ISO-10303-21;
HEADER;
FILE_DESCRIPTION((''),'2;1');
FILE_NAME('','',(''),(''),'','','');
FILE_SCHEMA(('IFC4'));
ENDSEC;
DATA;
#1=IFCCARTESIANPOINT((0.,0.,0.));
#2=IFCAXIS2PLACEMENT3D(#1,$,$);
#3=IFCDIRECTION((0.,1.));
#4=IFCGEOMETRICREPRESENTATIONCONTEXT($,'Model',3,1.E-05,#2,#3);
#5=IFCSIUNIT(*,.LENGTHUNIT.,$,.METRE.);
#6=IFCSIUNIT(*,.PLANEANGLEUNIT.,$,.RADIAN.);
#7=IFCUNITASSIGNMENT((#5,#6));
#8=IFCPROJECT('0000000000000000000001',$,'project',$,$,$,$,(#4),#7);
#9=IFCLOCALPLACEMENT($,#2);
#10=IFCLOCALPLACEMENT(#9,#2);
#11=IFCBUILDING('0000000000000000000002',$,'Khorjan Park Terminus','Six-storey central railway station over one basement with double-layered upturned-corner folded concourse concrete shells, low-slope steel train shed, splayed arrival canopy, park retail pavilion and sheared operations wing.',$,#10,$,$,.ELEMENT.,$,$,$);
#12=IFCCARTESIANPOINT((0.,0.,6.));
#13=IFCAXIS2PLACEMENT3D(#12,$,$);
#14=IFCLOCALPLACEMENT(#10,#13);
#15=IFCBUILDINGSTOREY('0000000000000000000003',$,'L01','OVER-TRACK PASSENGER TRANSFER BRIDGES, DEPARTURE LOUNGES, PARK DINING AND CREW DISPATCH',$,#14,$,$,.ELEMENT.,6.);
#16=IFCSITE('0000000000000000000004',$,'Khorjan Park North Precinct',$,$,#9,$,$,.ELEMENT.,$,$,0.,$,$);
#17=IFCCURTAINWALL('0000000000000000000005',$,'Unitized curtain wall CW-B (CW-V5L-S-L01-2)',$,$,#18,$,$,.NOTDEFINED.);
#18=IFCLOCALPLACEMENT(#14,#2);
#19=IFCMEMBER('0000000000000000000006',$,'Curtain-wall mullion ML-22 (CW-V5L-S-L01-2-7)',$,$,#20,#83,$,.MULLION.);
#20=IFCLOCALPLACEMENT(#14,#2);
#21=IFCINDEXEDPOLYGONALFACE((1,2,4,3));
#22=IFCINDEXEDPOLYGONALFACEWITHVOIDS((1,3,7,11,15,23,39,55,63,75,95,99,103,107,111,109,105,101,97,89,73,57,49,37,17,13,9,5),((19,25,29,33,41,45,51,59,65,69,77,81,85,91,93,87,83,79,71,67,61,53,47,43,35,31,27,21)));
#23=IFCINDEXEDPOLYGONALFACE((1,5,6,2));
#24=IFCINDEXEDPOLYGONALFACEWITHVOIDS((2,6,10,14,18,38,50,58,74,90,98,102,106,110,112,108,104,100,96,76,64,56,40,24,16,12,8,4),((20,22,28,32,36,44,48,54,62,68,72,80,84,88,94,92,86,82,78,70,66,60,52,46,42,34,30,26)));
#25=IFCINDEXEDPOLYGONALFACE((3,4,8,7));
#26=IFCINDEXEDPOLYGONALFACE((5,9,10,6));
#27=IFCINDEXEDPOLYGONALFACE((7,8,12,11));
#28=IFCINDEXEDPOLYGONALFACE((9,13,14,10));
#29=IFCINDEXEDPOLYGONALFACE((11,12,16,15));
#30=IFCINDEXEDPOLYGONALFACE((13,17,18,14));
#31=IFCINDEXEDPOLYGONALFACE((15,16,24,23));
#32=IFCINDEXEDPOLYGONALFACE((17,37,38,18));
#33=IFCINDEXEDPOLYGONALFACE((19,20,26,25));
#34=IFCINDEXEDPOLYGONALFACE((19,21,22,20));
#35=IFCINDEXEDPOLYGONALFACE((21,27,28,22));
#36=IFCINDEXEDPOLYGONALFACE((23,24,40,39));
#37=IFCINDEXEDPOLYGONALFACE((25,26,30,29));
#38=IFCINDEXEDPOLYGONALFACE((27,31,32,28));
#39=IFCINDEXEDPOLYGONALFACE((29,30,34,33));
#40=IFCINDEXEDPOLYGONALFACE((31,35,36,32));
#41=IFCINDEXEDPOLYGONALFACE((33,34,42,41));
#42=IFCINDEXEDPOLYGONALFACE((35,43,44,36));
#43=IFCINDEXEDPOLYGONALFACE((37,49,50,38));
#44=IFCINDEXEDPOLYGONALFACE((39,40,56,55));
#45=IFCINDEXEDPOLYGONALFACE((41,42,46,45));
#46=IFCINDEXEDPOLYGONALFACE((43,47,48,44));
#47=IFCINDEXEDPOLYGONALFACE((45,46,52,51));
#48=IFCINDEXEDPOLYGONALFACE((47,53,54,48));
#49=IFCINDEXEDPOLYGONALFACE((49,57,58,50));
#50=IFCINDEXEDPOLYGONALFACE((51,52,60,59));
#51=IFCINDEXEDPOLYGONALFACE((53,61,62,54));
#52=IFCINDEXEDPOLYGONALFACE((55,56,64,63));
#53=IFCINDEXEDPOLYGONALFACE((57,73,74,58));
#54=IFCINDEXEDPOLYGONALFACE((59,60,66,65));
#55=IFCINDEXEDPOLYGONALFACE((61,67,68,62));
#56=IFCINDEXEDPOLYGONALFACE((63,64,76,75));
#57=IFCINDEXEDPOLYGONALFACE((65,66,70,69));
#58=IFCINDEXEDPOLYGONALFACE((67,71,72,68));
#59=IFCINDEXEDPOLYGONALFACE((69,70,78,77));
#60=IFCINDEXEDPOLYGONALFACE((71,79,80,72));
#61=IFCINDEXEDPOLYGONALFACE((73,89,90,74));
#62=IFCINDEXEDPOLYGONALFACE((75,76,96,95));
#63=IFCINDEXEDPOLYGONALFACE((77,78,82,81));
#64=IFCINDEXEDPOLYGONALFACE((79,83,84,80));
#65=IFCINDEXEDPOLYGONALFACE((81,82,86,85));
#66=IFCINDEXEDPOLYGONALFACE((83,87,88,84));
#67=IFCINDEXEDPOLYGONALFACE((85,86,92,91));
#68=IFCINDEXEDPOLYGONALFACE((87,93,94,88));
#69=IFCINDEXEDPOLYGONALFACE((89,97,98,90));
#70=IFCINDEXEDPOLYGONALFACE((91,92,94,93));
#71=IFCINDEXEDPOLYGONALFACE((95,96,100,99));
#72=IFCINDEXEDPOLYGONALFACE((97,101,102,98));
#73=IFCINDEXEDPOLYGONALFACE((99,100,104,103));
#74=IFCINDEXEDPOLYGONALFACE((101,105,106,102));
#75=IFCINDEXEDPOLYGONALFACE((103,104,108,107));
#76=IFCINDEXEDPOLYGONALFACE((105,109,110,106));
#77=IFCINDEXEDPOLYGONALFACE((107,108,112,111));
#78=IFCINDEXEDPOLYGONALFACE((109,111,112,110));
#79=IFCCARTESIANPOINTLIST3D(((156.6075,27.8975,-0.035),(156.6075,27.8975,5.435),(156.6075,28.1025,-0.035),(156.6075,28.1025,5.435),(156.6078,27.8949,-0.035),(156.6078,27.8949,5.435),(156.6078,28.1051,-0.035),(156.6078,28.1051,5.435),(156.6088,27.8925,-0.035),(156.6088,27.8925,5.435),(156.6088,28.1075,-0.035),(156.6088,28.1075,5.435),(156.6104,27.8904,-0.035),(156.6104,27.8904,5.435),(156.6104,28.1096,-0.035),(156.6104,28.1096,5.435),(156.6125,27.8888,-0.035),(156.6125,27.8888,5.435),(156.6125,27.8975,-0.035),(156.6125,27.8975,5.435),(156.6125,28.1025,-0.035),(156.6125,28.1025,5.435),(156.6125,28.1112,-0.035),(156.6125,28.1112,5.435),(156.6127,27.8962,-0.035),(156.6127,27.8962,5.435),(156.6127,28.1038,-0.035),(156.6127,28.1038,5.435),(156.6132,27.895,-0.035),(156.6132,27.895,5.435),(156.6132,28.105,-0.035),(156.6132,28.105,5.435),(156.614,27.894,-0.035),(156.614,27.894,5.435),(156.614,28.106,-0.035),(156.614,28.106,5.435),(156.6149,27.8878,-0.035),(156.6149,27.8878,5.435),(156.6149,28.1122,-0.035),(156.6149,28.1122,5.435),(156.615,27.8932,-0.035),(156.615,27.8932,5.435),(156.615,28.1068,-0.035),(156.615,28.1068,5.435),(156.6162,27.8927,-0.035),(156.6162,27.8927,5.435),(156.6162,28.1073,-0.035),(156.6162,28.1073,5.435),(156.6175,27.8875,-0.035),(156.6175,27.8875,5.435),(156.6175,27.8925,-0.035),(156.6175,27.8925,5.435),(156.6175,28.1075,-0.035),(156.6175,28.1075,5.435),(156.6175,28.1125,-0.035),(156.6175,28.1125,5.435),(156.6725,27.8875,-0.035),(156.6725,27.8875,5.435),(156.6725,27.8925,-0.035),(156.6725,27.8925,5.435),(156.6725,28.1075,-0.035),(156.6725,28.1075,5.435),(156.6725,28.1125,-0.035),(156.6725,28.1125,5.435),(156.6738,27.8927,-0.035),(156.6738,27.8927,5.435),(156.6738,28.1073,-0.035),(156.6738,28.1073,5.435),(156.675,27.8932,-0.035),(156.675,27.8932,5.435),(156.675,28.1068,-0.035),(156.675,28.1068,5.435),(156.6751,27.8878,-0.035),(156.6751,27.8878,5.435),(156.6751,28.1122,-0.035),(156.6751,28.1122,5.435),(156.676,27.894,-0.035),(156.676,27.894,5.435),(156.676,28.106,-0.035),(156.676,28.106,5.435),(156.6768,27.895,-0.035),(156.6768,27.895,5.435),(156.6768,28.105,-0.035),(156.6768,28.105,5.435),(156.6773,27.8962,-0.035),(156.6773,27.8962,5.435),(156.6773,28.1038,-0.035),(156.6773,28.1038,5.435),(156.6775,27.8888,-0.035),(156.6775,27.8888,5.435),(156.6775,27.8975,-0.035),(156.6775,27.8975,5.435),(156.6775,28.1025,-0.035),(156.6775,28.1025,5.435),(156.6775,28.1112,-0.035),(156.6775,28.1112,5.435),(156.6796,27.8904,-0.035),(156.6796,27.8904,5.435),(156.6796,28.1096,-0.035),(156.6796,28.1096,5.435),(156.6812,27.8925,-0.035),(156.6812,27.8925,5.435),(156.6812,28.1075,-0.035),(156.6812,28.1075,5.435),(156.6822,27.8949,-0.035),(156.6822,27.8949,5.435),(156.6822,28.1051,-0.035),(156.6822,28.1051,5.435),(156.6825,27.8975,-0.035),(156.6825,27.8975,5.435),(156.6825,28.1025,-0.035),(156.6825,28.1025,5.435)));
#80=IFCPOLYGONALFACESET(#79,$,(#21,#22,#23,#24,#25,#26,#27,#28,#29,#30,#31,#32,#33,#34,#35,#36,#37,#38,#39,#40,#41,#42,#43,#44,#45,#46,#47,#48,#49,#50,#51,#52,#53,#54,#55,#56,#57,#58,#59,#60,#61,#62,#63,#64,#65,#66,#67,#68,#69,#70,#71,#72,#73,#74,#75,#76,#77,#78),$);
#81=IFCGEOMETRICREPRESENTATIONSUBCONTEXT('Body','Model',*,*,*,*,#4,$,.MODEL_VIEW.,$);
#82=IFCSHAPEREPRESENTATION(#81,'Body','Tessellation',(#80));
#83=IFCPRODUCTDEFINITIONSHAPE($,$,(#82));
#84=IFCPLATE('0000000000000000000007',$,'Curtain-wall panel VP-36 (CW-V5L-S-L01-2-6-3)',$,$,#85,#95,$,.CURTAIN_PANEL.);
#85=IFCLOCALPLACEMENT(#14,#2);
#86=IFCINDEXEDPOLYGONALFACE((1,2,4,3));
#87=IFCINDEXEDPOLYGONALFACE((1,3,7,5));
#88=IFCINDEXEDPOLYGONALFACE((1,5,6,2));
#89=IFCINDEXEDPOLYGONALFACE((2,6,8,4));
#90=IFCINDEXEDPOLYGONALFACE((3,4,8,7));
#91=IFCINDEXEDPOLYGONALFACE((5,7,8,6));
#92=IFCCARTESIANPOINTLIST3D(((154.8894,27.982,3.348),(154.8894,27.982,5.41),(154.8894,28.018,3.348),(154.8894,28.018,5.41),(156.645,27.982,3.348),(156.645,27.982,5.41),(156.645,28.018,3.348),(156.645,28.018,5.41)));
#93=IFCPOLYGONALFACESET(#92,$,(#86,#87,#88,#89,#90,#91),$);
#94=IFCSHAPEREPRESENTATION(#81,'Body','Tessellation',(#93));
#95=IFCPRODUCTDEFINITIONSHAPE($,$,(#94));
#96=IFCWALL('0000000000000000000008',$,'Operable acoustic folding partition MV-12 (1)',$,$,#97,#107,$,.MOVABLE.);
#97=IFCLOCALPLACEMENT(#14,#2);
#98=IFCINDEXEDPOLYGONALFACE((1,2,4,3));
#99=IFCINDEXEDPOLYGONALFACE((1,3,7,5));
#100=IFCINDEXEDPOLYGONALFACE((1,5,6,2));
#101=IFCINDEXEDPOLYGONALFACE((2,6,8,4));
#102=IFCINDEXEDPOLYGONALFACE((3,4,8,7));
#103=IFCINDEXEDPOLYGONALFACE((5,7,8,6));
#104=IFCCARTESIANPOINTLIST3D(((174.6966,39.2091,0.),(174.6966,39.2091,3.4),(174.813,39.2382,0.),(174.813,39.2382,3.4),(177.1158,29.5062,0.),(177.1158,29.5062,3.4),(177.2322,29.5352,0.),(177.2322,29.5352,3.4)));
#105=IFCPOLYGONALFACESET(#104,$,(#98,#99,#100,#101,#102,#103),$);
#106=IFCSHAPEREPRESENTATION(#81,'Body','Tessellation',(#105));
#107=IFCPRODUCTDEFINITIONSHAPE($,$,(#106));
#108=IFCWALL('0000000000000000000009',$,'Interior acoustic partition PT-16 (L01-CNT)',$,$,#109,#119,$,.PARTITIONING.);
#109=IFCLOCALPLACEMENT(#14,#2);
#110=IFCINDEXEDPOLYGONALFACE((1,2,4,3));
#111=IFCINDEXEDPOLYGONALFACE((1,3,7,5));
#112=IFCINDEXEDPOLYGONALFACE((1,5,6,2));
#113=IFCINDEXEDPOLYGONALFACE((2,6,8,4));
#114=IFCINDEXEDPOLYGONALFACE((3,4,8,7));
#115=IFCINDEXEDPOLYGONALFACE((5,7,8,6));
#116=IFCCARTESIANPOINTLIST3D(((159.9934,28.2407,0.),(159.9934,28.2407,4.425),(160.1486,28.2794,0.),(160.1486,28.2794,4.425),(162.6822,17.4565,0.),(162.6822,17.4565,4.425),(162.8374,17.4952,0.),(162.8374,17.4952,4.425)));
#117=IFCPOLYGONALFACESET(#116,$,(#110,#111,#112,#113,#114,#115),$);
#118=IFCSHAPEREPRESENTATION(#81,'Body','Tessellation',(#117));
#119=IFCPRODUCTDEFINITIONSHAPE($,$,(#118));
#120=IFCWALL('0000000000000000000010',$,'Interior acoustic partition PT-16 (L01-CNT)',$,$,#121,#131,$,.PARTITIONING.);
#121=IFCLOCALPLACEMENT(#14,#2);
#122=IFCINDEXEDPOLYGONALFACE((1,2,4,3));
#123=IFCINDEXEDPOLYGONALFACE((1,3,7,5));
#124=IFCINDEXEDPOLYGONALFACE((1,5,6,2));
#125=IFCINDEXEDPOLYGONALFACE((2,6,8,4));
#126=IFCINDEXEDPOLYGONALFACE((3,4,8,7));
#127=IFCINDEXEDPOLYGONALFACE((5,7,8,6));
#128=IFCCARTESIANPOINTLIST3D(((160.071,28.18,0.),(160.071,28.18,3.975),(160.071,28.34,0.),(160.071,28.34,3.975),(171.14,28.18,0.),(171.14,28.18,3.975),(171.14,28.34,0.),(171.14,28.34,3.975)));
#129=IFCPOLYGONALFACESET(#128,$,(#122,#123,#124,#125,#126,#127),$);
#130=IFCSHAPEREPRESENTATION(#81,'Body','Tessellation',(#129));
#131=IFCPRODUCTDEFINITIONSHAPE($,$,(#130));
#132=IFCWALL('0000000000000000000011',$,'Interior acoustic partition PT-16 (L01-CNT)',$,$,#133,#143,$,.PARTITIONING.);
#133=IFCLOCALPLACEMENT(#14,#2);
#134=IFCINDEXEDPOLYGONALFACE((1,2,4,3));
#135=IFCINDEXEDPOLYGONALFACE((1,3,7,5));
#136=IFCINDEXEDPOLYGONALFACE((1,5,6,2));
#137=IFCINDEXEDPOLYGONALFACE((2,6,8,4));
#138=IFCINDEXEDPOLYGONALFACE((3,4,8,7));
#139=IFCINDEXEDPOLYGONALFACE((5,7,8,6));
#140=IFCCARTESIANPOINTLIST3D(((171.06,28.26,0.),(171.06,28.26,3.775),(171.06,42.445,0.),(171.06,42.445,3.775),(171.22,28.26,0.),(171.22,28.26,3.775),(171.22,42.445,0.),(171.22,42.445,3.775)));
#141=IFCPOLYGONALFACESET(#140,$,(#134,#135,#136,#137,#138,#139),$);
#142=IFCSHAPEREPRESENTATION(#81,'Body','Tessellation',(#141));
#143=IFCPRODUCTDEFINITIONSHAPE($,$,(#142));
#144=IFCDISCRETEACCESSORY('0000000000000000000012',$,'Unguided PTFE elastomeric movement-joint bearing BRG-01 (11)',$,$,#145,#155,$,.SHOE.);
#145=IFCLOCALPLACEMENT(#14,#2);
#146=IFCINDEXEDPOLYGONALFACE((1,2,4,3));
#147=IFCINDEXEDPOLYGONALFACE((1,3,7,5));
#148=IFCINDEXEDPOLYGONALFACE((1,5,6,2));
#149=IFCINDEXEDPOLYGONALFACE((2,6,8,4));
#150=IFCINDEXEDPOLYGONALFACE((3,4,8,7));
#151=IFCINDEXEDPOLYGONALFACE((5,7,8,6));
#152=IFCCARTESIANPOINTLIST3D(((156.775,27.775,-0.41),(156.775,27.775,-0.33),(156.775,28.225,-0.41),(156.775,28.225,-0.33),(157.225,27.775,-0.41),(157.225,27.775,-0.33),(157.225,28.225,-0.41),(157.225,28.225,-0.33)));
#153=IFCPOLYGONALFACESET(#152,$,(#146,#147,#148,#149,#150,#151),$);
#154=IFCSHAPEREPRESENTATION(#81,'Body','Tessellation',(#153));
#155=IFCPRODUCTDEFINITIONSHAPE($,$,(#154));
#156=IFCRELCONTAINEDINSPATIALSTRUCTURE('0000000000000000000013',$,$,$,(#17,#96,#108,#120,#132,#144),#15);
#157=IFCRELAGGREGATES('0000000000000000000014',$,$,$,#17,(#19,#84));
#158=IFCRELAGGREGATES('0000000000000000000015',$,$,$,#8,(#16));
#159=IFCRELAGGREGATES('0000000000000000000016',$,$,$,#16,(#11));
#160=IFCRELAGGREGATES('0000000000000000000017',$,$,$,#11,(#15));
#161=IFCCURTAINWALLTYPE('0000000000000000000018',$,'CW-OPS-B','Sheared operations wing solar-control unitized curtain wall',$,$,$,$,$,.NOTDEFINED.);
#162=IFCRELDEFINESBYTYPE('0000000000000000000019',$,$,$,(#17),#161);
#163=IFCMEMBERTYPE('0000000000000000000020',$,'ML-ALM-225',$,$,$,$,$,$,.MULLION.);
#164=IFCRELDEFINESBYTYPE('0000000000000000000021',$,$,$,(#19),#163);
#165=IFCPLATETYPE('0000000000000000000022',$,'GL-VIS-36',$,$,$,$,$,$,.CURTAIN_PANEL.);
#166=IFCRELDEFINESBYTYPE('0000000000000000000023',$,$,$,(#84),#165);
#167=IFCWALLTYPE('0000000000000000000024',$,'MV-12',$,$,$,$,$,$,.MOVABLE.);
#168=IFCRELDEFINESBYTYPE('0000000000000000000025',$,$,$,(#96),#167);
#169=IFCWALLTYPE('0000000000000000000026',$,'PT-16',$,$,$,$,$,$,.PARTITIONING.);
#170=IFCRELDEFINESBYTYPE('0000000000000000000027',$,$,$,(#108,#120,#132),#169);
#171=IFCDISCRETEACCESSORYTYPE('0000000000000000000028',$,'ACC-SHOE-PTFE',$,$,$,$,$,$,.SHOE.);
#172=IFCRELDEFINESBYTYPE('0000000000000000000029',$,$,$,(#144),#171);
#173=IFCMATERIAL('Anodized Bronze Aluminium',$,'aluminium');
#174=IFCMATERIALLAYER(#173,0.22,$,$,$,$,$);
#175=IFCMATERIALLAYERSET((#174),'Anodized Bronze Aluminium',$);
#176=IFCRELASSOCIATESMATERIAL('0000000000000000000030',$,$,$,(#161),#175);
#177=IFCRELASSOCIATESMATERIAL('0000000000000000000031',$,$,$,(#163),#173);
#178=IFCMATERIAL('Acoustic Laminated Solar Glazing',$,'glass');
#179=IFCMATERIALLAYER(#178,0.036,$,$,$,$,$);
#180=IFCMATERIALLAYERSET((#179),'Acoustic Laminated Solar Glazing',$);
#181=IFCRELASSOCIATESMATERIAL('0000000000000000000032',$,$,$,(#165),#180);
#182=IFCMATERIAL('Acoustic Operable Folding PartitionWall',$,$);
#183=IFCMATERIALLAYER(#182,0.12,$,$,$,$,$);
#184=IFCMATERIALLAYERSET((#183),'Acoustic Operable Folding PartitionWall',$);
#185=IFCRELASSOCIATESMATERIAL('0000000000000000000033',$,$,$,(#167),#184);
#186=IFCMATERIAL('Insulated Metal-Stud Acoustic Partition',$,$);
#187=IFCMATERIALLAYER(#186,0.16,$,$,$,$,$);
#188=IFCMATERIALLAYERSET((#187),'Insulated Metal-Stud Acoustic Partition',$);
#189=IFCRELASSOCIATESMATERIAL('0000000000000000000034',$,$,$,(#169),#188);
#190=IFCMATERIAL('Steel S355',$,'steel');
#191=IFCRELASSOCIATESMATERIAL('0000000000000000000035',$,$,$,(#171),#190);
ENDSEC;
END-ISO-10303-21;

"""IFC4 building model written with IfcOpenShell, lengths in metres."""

from ifc_helpers import new_model, si_unit, direction, frame, frame_2d, origin, origin_2d, place, context, subcontext, project, spatial, rectangle, hollow_rectangle, extrude, material, layer, layer_set, material_profile, profile_set, type_object, element, aggregate, save


model = new_model("IFC4")

# Units and contexts
model_context = context("Model", 3, precision=1e-05, world=origin(), true_north=direction((0.0, 1.0)))
body_context = subcontext(model_context, "Body", "Model", "MODEL_VIEW")
ifc_project = project(units=[si_unit("LENGTHUNIT", "METRE"), si_unit("PLANEANGLEUNIT", "RADIAN")], contexts=[model_context])

# Site, building, storey
site_placement = place(None, origin())
site = spatial("IfcSite", under=ifc_project, at=site_placement, Name="Khorjan Park North Precinct", CompositionType="ELEMENT", RefElevation=0.0)
building_placement = place(site_placement, origin())
building = spatial("IfcBuilding", under=site, at=building_placement, Name="Khorjan Park Terminus", Description="Six-storey central railway station over one basement with double-layered upturned-corner folded concourse concrete shells, low-slope steel train shed, splayed arrival canopy, park retail pavilion and sheared operations wing.", CompositionType="ELEMENT")
storey_placement = place(building_placement, frame((0.0, 0.0, 6.0)))
storey = spatial("IfcBuildingStorey", under=building, at=storey_placement, Name="L01", Description="OVER-TRACK PASSENGER TRANSFER BRIDGES, DEPARTURE LOUNGES, PARK DINING AND CREW DISPATCH", CompositionType="ELEMENT", Elevation=6.0)

# Shared definitions
ifc_material_1 = material(Name="Steel S355", Category="steel")

# Curtain wall, member, plate
ifc_material_2 = material(Name="Anodized Bronze Aluminium", Category="aluminium")
ifc_layer_1 = layer(ifc_material_2, 0.22)
ifc_layer_set_1 = layer_set([ifc_layer_1], Name="Anodized Bronze Aluminium")
curtain_wall_type = type_object("IfcCurtainWallType", Name="CW-OPS-B", Description="Sheared operations wing solar-control unitized curtain wall", PredefinedType="NOTDEFINED", material=ifc_layer_set_1)
curtain_wall_placement = place(storey_placement, origin())
curtain_wall = element("IfcCurtainWall", 1, at=curtain_wall_placement, inside=storey, type_object=curtain_wall_type, Name="Unitized curtain wall CW-B (CW-V5L-S-L01-2)", PredefinedType="NOTDEFINED")
ifc_material_profile_1 = material_profile(ifc_material_2, hollow_rectangle(XDim=0.075, YDim=0.225, WallThickness=0.005, InnerFilletRadius=0.005, OuterFilletRadius=0.01, at=origin_2d()), Name="ALM 75x225x5")
ifc_profile_set_1 = profile_set([ifc_material_profile_1], Name="Anodized Bronze Aluminium")
member_type = type_object("IfcMemberType", Name="ML-ALM-225", PredefinedType="MULLION", material=ifc_profile_set_1)
member_placement = place(storey_placement, frame((156.645, 28.0, -0.035), z_axis=(0.0, 0.0, 1.0), x_axis=(1.0, 0.0, 0.0)))
member = element("IfcMember", 2, at=member_placement, type_object=member_type, Name="Curtain-wall mullion ML-22 (CW-V5L-S-L01-2-7)", PredefinedType="MULLION", context=body_context, shape_type="SweptSolid", body=[
    extrude(hollow_rectangle(XDim=0.075, YDim=0.225, WallThickness=0.005, InnerFilletRadius=0.005, OuterFilletRadius=0.01, at=origin_2d()), origin(), (0.0, 0.0, 1.0), 5.47),
])
ifc_material_3 = material(Name="Acoustic Laminated Solar Glazing", Category="glass")
ifc_layer_2 = layer(ifc_material_3, 0.036)
ifc_layer_set_2 = layer_set([ifc_layer_2], Name="Acoustic Laminated Solar Glazing")
plate_type = type_object("IfcPlateType", Name="GL-VIS-36", PredefinedType="CURTAIN_PANEL", material=ifc_layer_set_2)
plate_placement = place(storey_placement, frame((155.7672, 28.0, 3.348), z_axis=(0.0, 0.0, 1.0), x_axis=(1.0, 0.0, 0.0)))
plate = element("IfcPlate", 3, at=plate_placement, type_object=plate_type, Name="Curtain-wall panel VP-36 (CW-V5L-S-L01-2-6-3)", PredefinedType="CURTAIN_PANEL", context=body_context, shape_type="SweptSolid", body=[
    extrude(rectangle(XDim=1.7557, YDim=0.036, at=origin_2d()), origin(), (0.0, 0.0, 1.0), 2.062),
])
aggregate(curtain_wall, [member, plate])

# Walls
ifc_material_4 = material(Name="Acoustic Operable Folding PartitionWall")
ifc_layer_3 = layer(ifc_material_4, 0.12)
ifc_layer_set_3 = layer_set([ifc_layer_3], Name="Acoustic Operable Folding PartitionWall")
wall_type_1 = type_object("IfcWallType", Name="MV-12", PredefinedType="MOVABLE", material=ifc_layer_set_3)
wall_1_placement = place(storey_placement, frame((177.174, 29.5207, 0.0), z_axis=(0.0, 0.0, 1.0), x_axis=(-0.241919, 0.970296, 0.0)))
element("IfcWall", 4, at=wall_1_placement, inside=storey, type_object=wall_type_1, Name="Operable acoustic folding partition MV-12 (1)", PredefinedType="MOVABLE", context=body_context, shape_type="SweptSolid", body=[
    extrude(rectangle(XDim=10.0, YDim=0.12, at=frame_2d((5.0, 0.0))), origin(), (0.0, 0.0, 1.0), 3.4),
])
ifc_material_5 = material(Name="Insulated Metal-Stud Acoustic Partition")
ifc_layer_4 = layer(ifc_material_5, 0.16)
ifc_layer_set_4 = layer_set([ifc_layer_4], Name="Insulated Metal-Stud Acoustic Partition")
wall_type_2 = type_object("IfcWallType", Name="PT-16", PredefinedType="PARTITIONING", material=ifc_layer_set_4)
wall_2_placement = place(storey_placement, frame((162.7598, 17.4758, 0.0), z_axis=(0.0, 0.0, 1.0), x_axis=(-0.241922, 0.970296, 0.0)))
element("IfcWall", 5, at=wall_2_placement, inside=storey, type_object=wall_type_2, Name="Interior acoustic partition PT-16 (L01-CNT)", PredefinedType="PARTITIONING", context=body_context, shape_type="SweptSolid", body=[
    extrude(rectangle(XDim=11.1143, YDim=0.16, at=frame_2d((5.5572, 0.0))), origin(), (0.0, 0.0, 1.0), 4.425),
])
wall_3_placement = place(storey_placement, frame((160.071, 28.26, 0.0), z_axis=(0.0, 0.0, 1.0), x_axis=(1.0, 0.0, 0.0)))
element("IfcWall", 6, at=wall_3_placement, inside=storey, type_object=wall_type_2, Name="Interior acoustic partition PT-16 (L01-CNT)", PredefinedType="PARTITIONING", context=body_context, shape_type="SweptSolid", body=[
    extrude(rectangle(XDim=11.069, YDim=0.16, at=frame_2d((5.5345, 0.0))), origin(), (0.0, 0.0, 1.0), 3.975),
])
wall_4_placement = place(storey_placement, frame((171.14, 28.26, 0.0), z_axis=(0.0, 0.0, 1.0), x_axis=(0.0, 1.0, 0.0)))
element("IfcWall", 7, at=wall_4_placement, inside=storey, type_object=wall_type_2, Name="Interior acoustic partition PT-16 (L01-CNT)", PredefinedType="PARTITIONING", context=body_context, shape_type="SweptSolid", body=[
    extrude(rectangle(XDim=14.1849, YDim=0.16, at=frame_2d((7.0925, 0.0))), origin(), (0.0, 0.0, 1.0), 3.775),
])

# Discrete accessory
discrete_accessory_type = type_object("IfcDiscreteAccessoryType", Name="ACC-SHOE-PTFE", PredefinedType="SHOE", material=ifc_material_1)
discrete_accessory_placement = place(storey_placement, frame((157.0, 28.0, -0.41), z_axis=(0.0, 0.0, 1.0), x_axis=(1.0, 0.0, 0.0)))
element("IfcDiscreteAccessory", 8, at=discrete_accessory_placement, inside=storey, type_object=discrete_accessory_type, Name="Unguided PTFE elastomeric movement-joint bearing BRG-01 (11)", PredefinedType="SHOE", context=body_context, shape_type="SweptSolid", body=[
    extrude(rectangle(XDim=0.45, YDim=0.45, at=origin_2d()), origin(), (0.0, 0.0, 1.0), 0.08),
])

save(model, "model.ifc")
